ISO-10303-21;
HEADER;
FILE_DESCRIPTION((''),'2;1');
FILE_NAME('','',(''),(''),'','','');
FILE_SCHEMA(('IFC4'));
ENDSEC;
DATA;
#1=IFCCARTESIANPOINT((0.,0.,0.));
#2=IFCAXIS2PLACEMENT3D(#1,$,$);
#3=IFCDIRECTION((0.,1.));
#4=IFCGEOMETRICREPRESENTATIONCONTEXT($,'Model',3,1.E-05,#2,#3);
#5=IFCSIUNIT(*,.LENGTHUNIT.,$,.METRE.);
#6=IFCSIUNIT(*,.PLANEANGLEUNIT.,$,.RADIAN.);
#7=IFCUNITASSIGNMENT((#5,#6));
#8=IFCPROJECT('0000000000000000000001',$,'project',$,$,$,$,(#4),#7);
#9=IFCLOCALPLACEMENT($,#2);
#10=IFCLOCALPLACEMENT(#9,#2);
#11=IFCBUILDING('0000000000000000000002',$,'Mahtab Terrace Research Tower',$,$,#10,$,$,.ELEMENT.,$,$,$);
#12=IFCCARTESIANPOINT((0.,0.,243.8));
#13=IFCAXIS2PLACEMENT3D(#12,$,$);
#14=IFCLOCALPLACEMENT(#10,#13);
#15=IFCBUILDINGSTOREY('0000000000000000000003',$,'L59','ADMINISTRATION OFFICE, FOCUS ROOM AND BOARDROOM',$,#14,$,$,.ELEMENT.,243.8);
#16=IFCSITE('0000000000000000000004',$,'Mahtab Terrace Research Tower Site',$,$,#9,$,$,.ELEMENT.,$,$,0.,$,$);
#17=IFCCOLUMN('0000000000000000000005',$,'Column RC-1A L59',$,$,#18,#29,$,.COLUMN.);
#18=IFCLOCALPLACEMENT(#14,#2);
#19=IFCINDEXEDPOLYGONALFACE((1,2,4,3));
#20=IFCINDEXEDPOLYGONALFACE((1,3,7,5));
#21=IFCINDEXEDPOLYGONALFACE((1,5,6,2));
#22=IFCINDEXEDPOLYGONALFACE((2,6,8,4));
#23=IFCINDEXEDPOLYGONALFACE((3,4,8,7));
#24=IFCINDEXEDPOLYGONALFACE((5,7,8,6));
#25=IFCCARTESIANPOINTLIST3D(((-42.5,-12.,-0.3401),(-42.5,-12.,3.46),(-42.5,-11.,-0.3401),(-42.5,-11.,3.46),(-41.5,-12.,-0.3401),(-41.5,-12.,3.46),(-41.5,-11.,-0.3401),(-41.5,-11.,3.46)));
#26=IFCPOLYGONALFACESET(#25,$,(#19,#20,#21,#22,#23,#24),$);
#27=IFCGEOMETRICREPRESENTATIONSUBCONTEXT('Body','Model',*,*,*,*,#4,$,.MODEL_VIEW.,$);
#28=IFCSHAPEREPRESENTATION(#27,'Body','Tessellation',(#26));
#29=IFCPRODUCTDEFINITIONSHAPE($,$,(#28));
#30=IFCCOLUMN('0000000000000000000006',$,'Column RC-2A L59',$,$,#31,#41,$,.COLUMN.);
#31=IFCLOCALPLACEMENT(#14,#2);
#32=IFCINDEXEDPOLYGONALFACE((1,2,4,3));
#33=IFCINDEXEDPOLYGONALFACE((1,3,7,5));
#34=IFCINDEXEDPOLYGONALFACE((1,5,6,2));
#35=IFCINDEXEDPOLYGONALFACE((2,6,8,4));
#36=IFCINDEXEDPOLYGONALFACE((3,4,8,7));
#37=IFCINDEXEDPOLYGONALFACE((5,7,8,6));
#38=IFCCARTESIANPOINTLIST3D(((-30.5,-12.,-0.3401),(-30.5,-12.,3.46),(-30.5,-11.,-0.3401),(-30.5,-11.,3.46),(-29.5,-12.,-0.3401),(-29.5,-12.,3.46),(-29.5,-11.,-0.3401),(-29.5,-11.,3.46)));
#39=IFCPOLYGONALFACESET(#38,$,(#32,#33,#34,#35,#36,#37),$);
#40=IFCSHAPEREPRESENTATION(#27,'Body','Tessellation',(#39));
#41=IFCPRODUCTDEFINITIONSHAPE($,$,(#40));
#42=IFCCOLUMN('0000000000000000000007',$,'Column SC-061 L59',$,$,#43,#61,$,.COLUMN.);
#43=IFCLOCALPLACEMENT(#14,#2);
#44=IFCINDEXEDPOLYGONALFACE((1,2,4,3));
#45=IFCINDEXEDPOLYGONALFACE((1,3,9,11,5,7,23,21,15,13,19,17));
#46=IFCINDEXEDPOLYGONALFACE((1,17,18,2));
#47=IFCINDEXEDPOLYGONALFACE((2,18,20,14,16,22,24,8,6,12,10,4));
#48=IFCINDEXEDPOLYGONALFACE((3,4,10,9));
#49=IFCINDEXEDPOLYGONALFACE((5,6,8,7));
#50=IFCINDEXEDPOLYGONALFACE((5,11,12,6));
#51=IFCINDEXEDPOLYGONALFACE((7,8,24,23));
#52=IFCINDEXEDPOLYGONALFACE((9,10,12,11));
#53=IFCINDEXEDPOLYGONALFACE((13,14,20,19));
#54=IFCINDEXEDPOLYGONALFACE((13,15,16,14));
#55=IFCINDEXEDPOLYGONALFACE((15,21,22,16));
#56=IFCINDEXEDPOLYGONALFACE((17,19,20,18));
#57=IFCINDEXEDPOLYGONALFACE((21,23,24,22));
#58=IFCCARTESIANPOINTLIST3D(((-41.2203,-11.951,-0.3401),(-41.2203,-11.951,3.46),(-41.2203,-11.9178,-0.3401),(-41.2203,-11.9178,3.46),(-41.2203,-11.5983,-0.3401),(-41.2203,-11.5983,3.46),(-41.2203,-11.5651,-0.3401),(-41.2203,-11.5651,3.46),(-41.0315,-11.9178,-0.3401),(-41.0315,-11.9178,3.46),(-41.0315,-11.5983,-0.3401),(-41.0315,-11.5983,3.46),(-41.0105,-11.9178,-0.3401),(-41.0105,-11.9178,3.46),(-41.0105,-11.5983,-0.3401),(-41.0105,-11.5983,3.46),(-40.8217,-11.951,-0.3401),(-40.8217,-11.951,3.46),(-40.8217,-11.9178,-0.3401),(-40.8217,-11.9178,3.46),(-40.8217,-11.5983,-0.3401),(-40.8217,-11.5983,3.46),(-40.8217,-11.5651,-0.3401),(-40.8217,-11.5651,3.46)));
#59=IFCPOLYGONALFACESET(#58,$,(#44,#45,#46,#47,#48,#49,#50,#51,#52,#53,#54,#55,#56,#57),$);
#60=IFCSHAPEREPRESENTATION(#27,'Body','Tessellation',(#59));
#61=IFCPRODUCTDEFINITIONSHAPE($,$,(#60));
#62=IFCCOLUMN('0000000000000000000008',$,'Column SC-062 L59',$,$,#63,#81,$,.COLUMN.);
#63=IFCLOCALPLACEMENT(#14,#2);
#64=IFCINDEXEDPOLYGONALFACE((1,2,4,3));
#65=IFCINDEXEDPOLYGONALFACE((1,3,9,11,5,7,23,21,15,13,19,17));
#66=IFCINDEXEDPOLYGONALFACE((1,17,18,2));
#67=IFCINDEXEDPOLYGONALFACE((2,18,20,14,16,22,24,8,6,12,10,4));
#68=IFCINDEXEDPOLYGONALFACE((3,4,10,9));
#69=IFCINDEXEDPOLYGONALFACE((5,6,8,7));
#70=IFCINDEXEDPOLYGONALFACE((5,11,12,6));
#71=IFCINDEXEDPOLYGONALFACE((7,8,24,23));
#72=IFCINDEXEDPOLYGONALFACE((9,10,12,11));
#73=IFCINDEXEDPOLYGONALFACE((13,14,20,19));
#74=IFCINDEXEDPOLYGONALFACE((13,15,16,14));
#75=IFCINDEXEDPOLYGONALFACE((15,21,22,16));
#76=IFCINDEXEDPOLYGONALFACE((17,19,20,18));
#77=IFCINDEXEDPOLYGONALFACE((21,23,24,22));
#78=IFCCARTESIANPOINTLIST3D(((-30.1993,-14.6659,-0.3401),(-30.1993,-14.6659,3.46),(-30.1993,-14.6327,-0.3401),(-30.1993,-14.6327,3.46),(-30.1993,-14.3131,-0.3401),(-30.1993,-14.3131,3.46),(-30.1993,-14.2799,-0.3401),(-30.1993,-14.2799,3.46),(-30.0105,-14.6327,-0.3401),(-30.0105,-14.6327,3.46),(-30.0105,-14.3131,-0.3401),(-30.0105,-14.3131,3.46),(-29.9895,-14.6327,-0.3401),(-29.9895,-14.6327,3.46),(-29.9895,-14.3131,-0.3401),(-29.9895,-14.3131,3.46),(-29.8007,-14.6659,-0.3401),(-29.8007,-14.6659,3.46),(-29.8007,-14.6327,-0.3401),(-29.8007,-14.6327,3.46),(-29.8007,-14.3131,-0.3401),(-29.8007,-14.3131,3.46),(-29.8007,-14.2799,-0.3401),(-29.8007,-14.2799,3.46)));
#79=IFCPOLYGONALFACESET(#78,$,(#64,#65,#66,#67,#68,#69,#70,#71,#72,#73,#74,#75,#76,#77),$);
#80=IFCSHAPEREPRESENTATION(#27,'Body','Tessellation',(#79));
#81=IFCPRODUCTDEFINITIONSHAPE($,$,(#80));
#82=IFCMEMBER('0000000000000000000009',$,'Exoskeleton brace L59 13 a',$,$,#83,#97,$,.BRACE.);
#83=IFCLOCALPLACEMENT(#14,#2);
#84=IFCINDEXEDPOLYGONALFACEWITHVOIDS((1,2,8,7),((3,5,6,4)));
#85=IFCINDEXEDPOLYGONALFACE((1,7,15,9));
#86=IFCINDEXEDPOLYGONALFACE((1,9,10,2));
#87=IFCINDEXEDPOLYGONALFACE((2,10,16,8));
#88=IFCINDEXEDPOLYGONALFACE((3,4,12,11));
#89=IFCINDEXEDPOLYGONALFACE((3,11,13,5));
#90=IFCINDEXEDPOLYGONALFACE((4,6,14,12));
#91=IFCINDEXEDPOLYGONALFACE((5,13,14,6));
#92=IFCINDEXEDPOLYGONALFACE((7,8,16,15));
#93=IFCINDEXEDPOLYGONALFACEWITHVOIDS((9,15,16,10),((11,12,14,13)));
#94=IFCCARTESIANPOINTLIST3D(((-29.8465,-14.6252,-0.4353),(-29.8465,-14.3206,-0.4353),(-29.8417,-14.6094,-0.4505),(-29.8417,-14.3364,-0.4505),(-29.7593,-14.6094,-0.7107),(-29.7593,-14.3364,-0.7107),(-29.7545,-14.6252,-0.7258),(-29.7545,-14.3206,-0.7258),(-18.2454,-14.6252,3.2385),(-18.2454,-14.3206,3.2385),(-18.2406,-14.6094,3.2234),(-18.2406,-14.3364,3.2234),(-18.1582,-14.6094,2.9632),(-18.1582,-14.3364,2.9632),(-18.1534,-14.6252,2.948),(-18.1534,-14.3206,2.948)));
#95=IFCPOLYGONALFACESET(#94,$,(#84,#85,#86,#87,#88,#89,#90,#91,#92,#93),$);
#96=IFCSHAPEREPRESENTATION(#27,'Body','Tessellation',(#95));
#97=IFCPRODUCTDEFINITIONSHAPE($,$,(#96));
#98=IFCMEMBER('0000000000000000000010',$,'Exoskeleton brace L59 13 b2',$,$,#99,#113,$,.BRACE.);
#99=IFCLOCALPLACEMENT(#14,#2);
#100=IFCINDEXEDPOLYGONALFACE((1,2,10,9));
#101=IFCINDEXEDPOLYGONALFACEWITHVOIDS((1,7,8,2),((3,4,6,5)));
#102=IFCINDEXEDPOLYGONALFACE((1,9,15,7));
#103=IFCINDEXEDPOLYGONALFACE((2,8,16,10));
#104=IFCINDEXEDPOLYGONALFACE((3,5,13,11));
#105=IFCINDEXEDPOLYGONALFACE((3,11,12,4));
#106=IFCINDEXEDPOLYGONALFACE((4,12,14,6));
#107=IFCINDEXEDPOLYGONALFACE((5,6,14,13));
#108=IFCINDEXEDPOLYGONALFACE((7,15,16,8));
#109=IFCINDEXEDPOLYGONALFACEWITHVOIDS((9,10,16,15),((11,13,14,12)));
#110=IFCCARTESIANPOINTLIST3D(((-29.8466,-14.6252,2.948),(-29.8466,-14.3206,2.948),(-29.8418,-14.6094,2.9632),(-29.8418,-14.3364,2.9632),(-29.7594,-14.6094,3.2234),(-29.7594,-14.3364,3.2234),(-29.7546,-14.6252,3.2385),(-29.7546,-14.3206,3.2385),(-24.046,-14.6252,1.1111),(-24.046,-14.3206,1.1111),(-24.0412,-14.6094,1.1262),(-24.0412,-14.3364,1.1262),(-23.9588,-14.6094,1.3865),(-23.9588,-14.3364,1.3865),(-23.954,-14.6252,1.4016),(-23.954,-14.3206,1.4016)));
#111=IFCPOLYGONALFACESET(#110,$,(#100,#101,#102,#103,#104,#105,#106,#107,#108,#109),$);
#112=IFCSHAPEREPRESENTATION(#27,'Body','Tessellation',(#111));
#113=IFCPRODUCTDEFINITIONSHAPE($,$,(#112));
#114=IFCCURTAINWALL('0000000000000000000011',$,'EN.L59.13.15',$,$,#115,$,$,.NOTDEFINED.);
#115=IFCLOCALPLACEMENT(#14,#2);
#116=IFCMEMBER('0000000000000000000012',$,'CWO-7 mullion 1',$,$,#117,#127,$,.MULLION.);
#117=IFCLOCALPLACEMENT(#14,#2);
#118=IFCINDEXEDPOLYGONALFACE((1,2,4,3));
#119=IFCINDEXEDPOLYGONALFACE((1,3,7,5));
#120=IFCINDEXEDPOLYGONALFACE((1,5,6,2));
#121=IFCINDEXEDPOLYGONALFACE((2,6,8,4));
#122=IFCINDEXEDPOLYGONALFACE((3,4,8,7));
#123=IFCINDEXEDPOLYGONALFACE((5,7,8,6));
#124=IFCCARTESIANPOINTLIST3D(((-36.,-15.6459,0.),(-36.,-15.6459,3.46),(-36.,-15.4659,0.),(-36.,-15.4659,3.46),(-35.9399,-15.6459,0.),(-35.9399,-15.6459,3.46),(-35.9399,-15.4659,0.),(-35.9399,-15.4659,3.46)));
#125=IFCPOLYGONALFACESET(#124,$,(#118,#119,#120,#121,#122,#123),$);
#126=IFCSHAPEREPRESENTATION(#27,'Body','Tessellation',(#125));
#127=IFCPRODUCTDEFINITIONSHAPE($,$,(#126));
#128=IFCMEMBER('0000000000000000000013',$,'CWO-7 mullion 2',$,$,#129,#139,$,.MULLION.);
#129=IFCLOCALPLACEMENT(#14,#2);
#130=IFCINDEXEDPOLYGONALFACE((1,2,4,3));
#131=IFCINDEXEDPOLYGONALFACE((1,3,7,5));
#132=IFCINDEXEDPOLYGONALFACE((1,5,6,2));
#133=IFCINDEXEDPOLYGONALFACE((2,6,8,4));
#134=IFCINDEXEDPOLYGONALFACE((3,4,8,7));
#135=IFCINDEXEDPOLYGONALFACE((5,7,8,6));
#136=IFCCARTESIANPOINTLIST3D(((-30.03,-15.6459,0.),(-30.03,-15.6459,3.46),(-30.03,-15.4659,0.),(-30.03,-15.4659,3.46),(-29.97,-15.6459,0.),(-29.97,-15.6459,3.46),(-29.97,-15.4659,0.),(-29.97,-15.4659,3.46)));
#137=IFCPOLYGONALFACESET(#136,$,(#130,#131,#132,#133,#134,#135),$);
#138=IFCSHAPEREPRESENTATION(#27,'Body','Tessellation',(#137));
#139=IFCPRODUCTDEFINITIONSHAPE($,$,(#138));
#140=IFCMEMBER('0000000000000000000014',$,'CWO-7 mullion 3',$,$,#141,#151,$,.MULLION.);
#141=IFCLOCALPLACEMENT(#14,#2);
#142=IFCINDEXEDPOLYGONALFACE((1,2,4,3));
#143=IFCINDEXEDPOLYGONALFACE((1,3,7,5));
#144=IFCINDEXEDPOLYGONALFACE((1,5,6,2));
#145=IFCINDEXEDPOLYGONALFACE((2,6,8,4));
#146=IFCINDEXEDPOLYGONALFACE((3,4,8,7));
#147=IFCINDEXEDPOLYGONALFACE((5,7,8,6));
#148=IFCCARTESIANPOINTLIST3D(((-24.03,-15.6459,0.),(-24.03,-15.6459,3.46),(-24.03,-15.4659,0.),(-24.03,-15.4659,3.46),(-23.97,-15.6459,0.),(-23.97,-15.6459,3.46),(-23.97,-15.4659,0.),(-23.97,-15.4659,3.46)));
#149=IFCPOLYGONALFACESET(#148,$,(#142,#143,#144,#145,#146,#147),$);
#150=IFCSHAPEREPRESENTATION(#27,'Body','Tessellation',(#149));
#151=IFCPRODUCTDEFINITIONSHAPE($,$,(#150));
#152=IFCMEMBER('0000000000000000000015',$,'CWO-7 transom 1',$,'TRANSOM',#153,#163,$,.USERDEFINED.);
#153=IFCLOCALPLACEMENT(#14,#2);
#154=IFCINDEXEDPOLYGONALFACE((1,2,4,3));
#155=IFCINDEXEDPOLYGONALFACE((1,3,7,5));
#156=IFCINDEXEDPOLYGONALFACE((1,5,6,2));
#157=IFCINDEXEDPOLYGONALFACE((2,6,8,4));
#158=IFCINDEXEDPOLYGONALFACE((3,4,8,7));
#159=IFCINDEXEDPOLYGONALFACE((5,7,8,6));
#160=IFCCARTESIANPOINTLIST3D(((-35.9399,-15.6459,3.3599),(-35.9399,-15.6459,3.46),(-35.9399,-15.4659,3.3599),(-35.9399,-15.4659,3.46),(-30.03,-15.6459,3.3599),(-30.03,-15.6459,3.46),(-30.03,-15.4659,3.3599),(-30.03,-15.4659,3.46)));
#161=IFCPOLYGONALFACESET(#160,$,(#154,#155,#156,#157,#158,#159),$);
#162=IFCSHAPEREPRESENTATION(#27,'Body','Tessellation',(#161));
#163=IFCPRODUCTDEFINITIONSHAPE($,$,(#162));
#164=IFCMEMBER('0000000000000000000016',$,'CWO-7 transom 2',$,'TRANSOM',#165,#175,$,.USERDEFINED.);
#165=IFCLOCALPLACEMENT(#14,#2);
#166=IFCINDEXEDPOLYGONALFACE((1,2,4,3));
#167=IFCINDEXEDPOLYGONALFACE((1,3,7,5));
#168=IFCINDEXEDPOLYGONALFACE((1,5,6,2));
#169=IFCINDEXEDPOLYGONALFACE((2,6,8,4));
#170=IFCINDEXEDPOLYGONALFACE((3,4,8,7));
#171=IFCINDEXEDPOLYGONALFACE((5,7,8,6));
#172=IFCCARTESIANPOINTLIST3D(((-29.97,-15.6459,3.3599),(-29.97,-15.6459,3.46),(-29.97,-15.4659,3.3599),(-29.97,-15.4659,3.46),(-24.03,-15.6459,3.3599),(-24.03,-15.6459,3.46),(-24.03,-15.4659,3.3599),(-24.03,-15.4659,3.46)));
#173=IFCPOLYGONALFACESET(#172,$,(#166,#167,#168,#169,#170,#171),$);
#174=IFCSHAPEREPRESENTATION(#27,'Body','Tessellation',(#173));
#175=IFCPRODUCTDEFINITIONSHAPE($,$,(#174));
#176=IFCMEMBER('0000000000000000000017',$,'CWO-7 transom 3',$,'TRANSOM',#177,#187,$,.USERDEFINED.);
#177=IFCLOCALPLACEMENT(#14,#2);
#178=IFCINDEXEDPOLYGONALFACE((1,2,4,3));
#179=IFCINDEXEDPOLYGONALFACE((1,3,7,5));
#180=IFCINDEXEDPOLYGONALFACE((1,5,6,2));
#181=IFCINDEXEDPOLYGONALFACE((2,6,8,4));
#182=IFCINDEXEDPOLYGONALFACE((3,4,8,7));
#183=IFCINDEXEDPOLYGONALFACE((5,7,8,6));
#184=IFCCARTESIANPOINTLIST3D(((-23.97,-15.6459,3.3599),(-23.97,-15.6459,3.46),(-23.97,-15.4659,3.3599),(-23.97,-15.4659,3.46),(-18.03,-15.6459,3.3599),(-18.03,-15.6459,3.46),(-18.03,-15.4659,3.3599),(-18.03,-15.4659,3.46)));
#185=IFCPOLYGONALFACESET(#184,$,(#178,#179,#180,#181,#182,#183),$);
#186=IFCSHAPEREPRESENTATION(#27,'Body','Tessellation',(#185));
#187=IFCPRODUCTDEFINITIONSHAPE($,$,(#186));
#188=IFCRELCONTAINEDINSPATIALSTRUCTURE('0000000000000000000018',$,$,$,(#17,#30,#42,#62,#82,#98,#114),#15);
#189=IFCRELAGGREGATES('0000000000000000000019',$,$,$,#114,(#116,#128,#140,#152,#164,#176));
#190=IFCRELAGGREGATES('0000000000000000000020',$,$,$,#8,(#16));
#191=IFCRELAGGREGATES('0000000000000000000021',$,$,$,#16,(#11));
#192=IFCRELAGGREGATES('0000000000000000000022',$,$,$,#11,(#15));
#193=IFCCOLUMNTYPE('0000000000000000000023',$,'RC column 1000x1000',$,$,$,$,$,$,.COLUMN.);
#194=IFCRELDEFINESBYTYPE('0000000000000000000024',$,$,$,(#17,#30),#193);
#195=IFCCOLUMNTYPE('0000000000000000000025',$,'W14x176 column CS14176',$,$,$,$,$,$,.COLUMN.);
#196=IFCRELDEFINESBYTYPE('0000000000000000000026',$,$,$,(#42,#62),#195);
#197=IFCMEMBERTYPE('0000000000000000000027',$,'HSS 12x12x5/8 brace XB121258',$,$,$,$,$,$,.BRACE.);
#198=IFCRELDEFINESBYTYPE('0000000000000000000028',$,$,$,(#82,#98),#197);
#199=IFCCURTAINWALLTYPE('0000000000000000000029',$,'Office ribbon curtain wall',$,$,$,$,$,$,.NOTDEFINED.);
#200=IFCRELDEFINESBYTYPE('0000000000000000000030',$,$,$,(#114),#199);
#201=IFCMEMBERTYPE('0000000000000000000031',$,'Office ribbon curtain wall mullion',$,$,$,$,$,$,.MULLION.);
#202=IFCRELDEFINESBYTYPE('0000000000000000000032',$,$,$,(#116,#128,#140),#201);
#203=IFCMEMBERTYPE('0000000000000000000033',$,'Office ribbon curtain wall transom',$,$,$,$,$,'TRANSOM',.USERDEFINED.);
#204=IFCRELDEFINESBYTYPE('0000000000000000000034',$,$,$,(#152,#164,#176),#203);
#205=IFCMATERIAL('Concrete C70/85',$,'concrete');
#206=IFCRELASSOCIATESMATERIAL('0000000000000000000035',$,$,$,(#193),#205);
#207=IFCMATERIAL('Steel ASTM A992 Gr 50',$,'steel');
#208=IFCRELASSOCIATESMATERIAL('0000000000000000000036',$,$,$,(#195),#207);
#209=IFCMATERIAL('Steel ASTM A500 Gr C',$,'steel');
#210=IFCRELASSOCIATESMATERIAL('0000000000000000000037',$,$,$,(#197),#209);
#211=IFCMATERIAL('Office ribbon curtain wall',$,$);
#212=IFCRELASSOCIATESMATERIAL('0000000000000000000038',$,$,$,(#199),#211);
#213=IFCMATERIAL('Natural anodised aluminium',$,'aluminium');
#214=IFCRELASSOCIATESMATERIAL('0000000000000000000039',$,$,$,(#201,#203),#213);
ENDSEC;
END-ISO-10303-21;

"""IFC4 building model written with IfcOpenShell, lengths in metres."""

from ifc_helpers import new_model, si_unit, direction, frame, origin, origin_2d, place, context, subcontext, project, spatial, rectangle, hollow_rectangle, i_section, extrude, material, material_profile, profile_set, type_object, element, aggregate, save


model = new_model("IFC4")

# Units and contexts
model_context = context("Model", 3, precision=1e-05, world=origin(), true_north=direction((0.0, 1.0)))
body_context = subcontext(model_context, "Body", "Model", "MODEL_VIEW")
ifc_project = project(units=[si_unit("LENGTHUNIT", "METRE"), si_unit("PLANEANGLEUNIT", "RADIAN")], contexts=[model_context])

# Site, building, storey
site_placement = place(None, origin())
site = spatial("IfcSite", under=ifc_project, at=site_placement, Name="Mahtab Terrace Research Tower Site", CompositionType="ELEMENT", RefElevation=0.0)
building_placement = place(site_placement, origin())
building = spatial("IfcBuilding", under=site, at=building_placement, Name="Mahtab Terrace Research Tower", CompositionType="ELEMENT")
storey_placement = place(building_placement, frame((0.0, 0.0, 243.8)))
storey = spatial("IfcBuildingStorey", under=building, at=storey_placement, Name="L59", Description="ADMINISTRATION OFFICE, FOCUS ROOM AND BOARDROOM", CompositionType="ELEMENT", Elevation=243.8)

# Columns
ifc_material_1 = material(Name="Concrete C70/85", Category="concrete")
ifc_material_profile_1 = material_profile(ifc_material_1, rectangle(XDim=1.0, YDim=1.0, at=origin_2d()), Name="RC column 1000x1000")
ifc_profile_set_1 = profile_set([ifc_material_profile_1], Name="Concrete C70/85")
column_type_1 = type_object("IfcColumnType", Name="RC column 1000x1000", PredefinedType="COLUMN", material=ifc_profile_set_1)
for number, where, z_axis, x_axis, name in (
    (1, (-42.0, -11.5, -0.3401), (0.0, 0.0, 1.0), (1.0, 0.0, 0.0), "Column RC-1A L59"),
    (2, (-30.0, -11.5, -0.3401), (0.0, 0.0, 1.0), (1.0, 0.0, 0.0), "Column RC-2A L59"),
):
    element("IfcColumn", number, at=place(storey_placement, frame(where, z_axis=z_axis, x_axis=x_axis)), inside=storey, type_object=column_type_1, Name=name, PredefinedType="COLUMN", context=body_context, shape_type="SweptSolid", body=[
        extrude(rectangle(XDim=1.0, YDim=1.0, at=origin_2d()), origin(), (0.0, 0.0, 1.0), 3.8),
    ])
ifc_material_2 = material(Name="Steel ASTM A992 Gr 50", Category="steel")
ifc_material_profile_2 = material_profile(ifc_material_2, i_section(OverallWidth=0.3987, OverallDepth=0.386, WebThickness=0.021, FlangeThickness=0.0332, at=origin_2d()), Name="W14X176")
ifc_profile_set_2 = profile_set([ifc_material_profile_2], Name="Steel ASTM A992 Gr 50")
column_type_2 = type_object("IfcColumnType", Name="W14x176 column CS14176", PredefinedType="COLUMN", material=ifc_profile_set_2)
for number, where, z_axis, x_axis, name in (
    (3, (-41.021, -11.7581, -0.3401), (0.0, 0.0, 1.0), (1.0, 0.0, 0.0), "Column SC-061 L59"),
    (4, (-30.0, -14.4729, -0.3401), (0.0, 0.0, 1.0), (1.0, 0.0, 0.0), "Column SC-062 L59"),
):
    element("IfcColumn", number, at=place(storey_placement, frame(where, z_axis=z_axis, x_axis=x_axis)), inside=storey, type_object=column_type_2, Name=name, PredefinedType="COLUMN", context=body_context, shape_type="SweptSolid", body=[
        extrude(i_section(OverallWidth=0.3987, OverallDepth=0.386, WebThickness=0.021, FlangeThickness=0.0332, at=origin_2d()), origin(), (0.0, 0.0, 1.0), 3.8),
    ])

# Members
ifc_material_3 = material(Name="Steel ASTM A500 Gr C", Category="steel")
ifc_material_profile_3 = material_profile(ifc_material_3, hollow_rectangle(XDim=0.3047, YDim=0.3047, WallThickness=0.0159, at=origin_2d()), Name="HSS12X12X5/8")
ifc_profile_set_3 = profile_set([ifc_material_profile_3], Name="Steel ASTM A500 Gr C")
member_type_1 = type_object("IfcMemberType", Name="HSS 12x12x5/8 brace XB121258", PredefinedType="BRACE", material=ifc_profile_set_3)
member_1_placement = place(storey_placement, frame((-29.8005, -14.4729, -0.5806), z_axis=(0.953339, 0.0, 0.301903), x_axis=(0.0, 1.0, 0.0)))
element("IfcMember", 5, at=member_1_placement, inside=storey, type_object=member_type_1, Name="Exoskeleton brace L59 13 a", PredefinedType="BRACE", context=body_context, shape_type="SweptSolid", body=[
    extrude(hollow_rectangle(XDim=0.3047, YDim=0.3047, WallThickness=0.0159, at=origin_2d()), origin(), (0.0, 0.0, 1.0), 12.1689),
])
member_2_placement = place(storey_placement, frame((-24.0, -14.4729, 1.2563), z_axis=(-0.953339, 0.0, 0.301903), x_axis=(0.0, -1.0, 0.0)))
element("IfcMember", 6, at=member_2_placement, inside=storey, type_object=member_type_1, Name="Exoskeleton brace L59 13 b2", PredefinedType="BRACE", context=body_context, shape_type="SweptSolid", body=[
    extrude(hollow_rectangle(XDim=0.3047, YDim=0.3047, WallThickness=0.0159, at=origin_2d()), origin(), (0.0, 0.0, 1.0), 6.0845),
])

# Curtain wall, members
ifc_material_4 = material(Name="Office ribbon curtain wall")
curtain_wall_type = type_object("IfcCurtainWallType", Name="Office ribbon curtain wall", PredefinedType="NOTDEFINED", material=ifc_material_4)
curtain_wall_placement = place(storey_placement, origin())
curtain_wall = element("IfcCurtainWall", 7, at=curtain_wall_placement, inside=storey, type_object=curtain_wall_type, Name="EN.L59.13.15", PredefinedType="NOTDEFINED")
ifc_material_5 = material(Name="Natural anodised aluminium", Category="aluminium")
ifc_material_profile_4 = material_profile(ifc_material_5, rectangle(XDim=0.1799, YDim=0.0601, at=origin_2d()), Name="MULLION 60x180")
ifc_profile_set_4 = profile_set([ifc_material_profile_4], Name="Natural anodised aluminium")
member_type_2 = type_object("IfcMemberType", Name="Office ribbon curtain wall mullion", PredefinedType="MULLION", material=ifc_profile_set_4)
member_3_placement = place(storey_placement, frame((-35.97, -15.5559, 0.0), z_axis=(0.0, 0.0, 1.0), x_axis=(0.0, 1.0, 0.0)))
member_3 = element("IfcMember", 8, at=member_3_placement, type_object=member_type_2, Name="CWO-7 mullion 1", PredefinedType="MULLION", context=body_context, shape_type="SweptSolid", body=[
    extrude(rectangle(XDim=0.1799, YDim=0.0601, at=origin_2d()), origin(), (0.0, 0.0, 1.0), 3.46),
])
member_4_placement = place(storey_placement, frame((-30.0, -15.5559, 0.0), z_axis=(0.0, 0.0, 1.0), x_axis=(0.0, 1.0, 0.0)))
member_4 = element("IfcMember", 9, at=member_4_placement, type_object=member_type_2, Name="CWO-7 mullion 2", PredefinedType="MULLION", context=body_context, shape_type="SweptSolid", body=[
    extrude(rectangle(XDim=0.1799, YDim=0.0601, at=origin_2d()), origin(), (0.0, 0.0, 1.0), 3.46),
])
member_5_placement = place(storey_placement, frame((-24.0, -15.5559, 0.0), z_axis=(0.0, 0.0, 1.0), x_axis=(0.0, 1.0, 0.0)))
member_5 = element("IfcMember", 10, at=member_5_placement, type_object=member_type_2, Name="CWO-7 mullion 3", PredefinedType="MULLION", context=body_context, shape_type="SweptSolid", body=[
    extrude(rectangle(XDim=0.1799, YDim=0.0601, at=origin_2d()), origin(), (0.0, 0.0, 1.0), 3.46),
])
ifc_material_profile_5 = material_profile(ifc_material_5, rectangle(XDim=0.1799, YDim=0.1001, at=origin_2d()), Name="TRANSOM 100x180")
ifc_profile_set_5 = profile_set([ifc_material_profile_5], Name="Natural anodised aluminium")
member_type_3 = type_object("IfcMemberType", Name="Office ribbon curtain wall transom", ElementType="TRANSOM", PredefinedType="USERDEFINED", material=ifc_profile_set_5)
member_6_placement = place(storey_placement, frame((-35.9399, -15.5559, 3.4099), z_axis=(1.0, 0.0, 0.0), x_axis=(0.0, 1.0, 0.0)))
member_6 = element("IfcMember", 11, at=member_6_placement, type_object=member_type_3, Name="CWO-7 transom 1", ObjectType="TRANSOM", PredefinedType="USERDEFINED", context=body_context, shape_type="SweptSolid", body=[
    extrude(rectangle(XDim=0.1799, YDim=0.1001, at=origin_2d()), origin(), (0.0, 0.0, 1.0), 5.9099),
])
member_7_placement = place(storey_placement, frame((-29.97, -15.5559, 3.4099), z_axis=(1.0, 0.0, 0.0), x_axis=(0.0, 1.0, 0.0)))
member_7 = element("IfcMember", 12, at=member_7_placement, type_object=member_type_3, Name="CWO-7 transom 2", ObjectType="TRANSOM", PredefinedType="USERDEFINED", context=body_context, shape_type="SweptSolid", body=[
    extrude(rectangle(XDim=0.1799, YDim=0.1001, at=origin_2d()), origin(), (0.0, 0.0, 1.0), 5.9399),
])
member_8_placement = place(storey_placement, frame((-23.97, -15.5559, 3.4099), z_axis=(1.0, 0.0, 0.0), x_axis=(0.0, 1.0, 0.0)))
member_8 = element("IfcMember", 13, at=member_8_placement, type_object=member_type_3, Name="CWO-7 transom 3", ObjectType="TRANSOM", PredefinedType="USERDEFINED", context=body_context, shape_type="SweptSolid", body=[
    extrude(rectangle(XDim=0.1799, YDim=0.1001, at=origin_2d()), origin(), (0.0, 0.0, 1.0), 5.9399),
])

aggregate(curtain_wall, [member_3, member_4, member_5, member_6, member_7, member_8])

save(model, "model.ifc")
